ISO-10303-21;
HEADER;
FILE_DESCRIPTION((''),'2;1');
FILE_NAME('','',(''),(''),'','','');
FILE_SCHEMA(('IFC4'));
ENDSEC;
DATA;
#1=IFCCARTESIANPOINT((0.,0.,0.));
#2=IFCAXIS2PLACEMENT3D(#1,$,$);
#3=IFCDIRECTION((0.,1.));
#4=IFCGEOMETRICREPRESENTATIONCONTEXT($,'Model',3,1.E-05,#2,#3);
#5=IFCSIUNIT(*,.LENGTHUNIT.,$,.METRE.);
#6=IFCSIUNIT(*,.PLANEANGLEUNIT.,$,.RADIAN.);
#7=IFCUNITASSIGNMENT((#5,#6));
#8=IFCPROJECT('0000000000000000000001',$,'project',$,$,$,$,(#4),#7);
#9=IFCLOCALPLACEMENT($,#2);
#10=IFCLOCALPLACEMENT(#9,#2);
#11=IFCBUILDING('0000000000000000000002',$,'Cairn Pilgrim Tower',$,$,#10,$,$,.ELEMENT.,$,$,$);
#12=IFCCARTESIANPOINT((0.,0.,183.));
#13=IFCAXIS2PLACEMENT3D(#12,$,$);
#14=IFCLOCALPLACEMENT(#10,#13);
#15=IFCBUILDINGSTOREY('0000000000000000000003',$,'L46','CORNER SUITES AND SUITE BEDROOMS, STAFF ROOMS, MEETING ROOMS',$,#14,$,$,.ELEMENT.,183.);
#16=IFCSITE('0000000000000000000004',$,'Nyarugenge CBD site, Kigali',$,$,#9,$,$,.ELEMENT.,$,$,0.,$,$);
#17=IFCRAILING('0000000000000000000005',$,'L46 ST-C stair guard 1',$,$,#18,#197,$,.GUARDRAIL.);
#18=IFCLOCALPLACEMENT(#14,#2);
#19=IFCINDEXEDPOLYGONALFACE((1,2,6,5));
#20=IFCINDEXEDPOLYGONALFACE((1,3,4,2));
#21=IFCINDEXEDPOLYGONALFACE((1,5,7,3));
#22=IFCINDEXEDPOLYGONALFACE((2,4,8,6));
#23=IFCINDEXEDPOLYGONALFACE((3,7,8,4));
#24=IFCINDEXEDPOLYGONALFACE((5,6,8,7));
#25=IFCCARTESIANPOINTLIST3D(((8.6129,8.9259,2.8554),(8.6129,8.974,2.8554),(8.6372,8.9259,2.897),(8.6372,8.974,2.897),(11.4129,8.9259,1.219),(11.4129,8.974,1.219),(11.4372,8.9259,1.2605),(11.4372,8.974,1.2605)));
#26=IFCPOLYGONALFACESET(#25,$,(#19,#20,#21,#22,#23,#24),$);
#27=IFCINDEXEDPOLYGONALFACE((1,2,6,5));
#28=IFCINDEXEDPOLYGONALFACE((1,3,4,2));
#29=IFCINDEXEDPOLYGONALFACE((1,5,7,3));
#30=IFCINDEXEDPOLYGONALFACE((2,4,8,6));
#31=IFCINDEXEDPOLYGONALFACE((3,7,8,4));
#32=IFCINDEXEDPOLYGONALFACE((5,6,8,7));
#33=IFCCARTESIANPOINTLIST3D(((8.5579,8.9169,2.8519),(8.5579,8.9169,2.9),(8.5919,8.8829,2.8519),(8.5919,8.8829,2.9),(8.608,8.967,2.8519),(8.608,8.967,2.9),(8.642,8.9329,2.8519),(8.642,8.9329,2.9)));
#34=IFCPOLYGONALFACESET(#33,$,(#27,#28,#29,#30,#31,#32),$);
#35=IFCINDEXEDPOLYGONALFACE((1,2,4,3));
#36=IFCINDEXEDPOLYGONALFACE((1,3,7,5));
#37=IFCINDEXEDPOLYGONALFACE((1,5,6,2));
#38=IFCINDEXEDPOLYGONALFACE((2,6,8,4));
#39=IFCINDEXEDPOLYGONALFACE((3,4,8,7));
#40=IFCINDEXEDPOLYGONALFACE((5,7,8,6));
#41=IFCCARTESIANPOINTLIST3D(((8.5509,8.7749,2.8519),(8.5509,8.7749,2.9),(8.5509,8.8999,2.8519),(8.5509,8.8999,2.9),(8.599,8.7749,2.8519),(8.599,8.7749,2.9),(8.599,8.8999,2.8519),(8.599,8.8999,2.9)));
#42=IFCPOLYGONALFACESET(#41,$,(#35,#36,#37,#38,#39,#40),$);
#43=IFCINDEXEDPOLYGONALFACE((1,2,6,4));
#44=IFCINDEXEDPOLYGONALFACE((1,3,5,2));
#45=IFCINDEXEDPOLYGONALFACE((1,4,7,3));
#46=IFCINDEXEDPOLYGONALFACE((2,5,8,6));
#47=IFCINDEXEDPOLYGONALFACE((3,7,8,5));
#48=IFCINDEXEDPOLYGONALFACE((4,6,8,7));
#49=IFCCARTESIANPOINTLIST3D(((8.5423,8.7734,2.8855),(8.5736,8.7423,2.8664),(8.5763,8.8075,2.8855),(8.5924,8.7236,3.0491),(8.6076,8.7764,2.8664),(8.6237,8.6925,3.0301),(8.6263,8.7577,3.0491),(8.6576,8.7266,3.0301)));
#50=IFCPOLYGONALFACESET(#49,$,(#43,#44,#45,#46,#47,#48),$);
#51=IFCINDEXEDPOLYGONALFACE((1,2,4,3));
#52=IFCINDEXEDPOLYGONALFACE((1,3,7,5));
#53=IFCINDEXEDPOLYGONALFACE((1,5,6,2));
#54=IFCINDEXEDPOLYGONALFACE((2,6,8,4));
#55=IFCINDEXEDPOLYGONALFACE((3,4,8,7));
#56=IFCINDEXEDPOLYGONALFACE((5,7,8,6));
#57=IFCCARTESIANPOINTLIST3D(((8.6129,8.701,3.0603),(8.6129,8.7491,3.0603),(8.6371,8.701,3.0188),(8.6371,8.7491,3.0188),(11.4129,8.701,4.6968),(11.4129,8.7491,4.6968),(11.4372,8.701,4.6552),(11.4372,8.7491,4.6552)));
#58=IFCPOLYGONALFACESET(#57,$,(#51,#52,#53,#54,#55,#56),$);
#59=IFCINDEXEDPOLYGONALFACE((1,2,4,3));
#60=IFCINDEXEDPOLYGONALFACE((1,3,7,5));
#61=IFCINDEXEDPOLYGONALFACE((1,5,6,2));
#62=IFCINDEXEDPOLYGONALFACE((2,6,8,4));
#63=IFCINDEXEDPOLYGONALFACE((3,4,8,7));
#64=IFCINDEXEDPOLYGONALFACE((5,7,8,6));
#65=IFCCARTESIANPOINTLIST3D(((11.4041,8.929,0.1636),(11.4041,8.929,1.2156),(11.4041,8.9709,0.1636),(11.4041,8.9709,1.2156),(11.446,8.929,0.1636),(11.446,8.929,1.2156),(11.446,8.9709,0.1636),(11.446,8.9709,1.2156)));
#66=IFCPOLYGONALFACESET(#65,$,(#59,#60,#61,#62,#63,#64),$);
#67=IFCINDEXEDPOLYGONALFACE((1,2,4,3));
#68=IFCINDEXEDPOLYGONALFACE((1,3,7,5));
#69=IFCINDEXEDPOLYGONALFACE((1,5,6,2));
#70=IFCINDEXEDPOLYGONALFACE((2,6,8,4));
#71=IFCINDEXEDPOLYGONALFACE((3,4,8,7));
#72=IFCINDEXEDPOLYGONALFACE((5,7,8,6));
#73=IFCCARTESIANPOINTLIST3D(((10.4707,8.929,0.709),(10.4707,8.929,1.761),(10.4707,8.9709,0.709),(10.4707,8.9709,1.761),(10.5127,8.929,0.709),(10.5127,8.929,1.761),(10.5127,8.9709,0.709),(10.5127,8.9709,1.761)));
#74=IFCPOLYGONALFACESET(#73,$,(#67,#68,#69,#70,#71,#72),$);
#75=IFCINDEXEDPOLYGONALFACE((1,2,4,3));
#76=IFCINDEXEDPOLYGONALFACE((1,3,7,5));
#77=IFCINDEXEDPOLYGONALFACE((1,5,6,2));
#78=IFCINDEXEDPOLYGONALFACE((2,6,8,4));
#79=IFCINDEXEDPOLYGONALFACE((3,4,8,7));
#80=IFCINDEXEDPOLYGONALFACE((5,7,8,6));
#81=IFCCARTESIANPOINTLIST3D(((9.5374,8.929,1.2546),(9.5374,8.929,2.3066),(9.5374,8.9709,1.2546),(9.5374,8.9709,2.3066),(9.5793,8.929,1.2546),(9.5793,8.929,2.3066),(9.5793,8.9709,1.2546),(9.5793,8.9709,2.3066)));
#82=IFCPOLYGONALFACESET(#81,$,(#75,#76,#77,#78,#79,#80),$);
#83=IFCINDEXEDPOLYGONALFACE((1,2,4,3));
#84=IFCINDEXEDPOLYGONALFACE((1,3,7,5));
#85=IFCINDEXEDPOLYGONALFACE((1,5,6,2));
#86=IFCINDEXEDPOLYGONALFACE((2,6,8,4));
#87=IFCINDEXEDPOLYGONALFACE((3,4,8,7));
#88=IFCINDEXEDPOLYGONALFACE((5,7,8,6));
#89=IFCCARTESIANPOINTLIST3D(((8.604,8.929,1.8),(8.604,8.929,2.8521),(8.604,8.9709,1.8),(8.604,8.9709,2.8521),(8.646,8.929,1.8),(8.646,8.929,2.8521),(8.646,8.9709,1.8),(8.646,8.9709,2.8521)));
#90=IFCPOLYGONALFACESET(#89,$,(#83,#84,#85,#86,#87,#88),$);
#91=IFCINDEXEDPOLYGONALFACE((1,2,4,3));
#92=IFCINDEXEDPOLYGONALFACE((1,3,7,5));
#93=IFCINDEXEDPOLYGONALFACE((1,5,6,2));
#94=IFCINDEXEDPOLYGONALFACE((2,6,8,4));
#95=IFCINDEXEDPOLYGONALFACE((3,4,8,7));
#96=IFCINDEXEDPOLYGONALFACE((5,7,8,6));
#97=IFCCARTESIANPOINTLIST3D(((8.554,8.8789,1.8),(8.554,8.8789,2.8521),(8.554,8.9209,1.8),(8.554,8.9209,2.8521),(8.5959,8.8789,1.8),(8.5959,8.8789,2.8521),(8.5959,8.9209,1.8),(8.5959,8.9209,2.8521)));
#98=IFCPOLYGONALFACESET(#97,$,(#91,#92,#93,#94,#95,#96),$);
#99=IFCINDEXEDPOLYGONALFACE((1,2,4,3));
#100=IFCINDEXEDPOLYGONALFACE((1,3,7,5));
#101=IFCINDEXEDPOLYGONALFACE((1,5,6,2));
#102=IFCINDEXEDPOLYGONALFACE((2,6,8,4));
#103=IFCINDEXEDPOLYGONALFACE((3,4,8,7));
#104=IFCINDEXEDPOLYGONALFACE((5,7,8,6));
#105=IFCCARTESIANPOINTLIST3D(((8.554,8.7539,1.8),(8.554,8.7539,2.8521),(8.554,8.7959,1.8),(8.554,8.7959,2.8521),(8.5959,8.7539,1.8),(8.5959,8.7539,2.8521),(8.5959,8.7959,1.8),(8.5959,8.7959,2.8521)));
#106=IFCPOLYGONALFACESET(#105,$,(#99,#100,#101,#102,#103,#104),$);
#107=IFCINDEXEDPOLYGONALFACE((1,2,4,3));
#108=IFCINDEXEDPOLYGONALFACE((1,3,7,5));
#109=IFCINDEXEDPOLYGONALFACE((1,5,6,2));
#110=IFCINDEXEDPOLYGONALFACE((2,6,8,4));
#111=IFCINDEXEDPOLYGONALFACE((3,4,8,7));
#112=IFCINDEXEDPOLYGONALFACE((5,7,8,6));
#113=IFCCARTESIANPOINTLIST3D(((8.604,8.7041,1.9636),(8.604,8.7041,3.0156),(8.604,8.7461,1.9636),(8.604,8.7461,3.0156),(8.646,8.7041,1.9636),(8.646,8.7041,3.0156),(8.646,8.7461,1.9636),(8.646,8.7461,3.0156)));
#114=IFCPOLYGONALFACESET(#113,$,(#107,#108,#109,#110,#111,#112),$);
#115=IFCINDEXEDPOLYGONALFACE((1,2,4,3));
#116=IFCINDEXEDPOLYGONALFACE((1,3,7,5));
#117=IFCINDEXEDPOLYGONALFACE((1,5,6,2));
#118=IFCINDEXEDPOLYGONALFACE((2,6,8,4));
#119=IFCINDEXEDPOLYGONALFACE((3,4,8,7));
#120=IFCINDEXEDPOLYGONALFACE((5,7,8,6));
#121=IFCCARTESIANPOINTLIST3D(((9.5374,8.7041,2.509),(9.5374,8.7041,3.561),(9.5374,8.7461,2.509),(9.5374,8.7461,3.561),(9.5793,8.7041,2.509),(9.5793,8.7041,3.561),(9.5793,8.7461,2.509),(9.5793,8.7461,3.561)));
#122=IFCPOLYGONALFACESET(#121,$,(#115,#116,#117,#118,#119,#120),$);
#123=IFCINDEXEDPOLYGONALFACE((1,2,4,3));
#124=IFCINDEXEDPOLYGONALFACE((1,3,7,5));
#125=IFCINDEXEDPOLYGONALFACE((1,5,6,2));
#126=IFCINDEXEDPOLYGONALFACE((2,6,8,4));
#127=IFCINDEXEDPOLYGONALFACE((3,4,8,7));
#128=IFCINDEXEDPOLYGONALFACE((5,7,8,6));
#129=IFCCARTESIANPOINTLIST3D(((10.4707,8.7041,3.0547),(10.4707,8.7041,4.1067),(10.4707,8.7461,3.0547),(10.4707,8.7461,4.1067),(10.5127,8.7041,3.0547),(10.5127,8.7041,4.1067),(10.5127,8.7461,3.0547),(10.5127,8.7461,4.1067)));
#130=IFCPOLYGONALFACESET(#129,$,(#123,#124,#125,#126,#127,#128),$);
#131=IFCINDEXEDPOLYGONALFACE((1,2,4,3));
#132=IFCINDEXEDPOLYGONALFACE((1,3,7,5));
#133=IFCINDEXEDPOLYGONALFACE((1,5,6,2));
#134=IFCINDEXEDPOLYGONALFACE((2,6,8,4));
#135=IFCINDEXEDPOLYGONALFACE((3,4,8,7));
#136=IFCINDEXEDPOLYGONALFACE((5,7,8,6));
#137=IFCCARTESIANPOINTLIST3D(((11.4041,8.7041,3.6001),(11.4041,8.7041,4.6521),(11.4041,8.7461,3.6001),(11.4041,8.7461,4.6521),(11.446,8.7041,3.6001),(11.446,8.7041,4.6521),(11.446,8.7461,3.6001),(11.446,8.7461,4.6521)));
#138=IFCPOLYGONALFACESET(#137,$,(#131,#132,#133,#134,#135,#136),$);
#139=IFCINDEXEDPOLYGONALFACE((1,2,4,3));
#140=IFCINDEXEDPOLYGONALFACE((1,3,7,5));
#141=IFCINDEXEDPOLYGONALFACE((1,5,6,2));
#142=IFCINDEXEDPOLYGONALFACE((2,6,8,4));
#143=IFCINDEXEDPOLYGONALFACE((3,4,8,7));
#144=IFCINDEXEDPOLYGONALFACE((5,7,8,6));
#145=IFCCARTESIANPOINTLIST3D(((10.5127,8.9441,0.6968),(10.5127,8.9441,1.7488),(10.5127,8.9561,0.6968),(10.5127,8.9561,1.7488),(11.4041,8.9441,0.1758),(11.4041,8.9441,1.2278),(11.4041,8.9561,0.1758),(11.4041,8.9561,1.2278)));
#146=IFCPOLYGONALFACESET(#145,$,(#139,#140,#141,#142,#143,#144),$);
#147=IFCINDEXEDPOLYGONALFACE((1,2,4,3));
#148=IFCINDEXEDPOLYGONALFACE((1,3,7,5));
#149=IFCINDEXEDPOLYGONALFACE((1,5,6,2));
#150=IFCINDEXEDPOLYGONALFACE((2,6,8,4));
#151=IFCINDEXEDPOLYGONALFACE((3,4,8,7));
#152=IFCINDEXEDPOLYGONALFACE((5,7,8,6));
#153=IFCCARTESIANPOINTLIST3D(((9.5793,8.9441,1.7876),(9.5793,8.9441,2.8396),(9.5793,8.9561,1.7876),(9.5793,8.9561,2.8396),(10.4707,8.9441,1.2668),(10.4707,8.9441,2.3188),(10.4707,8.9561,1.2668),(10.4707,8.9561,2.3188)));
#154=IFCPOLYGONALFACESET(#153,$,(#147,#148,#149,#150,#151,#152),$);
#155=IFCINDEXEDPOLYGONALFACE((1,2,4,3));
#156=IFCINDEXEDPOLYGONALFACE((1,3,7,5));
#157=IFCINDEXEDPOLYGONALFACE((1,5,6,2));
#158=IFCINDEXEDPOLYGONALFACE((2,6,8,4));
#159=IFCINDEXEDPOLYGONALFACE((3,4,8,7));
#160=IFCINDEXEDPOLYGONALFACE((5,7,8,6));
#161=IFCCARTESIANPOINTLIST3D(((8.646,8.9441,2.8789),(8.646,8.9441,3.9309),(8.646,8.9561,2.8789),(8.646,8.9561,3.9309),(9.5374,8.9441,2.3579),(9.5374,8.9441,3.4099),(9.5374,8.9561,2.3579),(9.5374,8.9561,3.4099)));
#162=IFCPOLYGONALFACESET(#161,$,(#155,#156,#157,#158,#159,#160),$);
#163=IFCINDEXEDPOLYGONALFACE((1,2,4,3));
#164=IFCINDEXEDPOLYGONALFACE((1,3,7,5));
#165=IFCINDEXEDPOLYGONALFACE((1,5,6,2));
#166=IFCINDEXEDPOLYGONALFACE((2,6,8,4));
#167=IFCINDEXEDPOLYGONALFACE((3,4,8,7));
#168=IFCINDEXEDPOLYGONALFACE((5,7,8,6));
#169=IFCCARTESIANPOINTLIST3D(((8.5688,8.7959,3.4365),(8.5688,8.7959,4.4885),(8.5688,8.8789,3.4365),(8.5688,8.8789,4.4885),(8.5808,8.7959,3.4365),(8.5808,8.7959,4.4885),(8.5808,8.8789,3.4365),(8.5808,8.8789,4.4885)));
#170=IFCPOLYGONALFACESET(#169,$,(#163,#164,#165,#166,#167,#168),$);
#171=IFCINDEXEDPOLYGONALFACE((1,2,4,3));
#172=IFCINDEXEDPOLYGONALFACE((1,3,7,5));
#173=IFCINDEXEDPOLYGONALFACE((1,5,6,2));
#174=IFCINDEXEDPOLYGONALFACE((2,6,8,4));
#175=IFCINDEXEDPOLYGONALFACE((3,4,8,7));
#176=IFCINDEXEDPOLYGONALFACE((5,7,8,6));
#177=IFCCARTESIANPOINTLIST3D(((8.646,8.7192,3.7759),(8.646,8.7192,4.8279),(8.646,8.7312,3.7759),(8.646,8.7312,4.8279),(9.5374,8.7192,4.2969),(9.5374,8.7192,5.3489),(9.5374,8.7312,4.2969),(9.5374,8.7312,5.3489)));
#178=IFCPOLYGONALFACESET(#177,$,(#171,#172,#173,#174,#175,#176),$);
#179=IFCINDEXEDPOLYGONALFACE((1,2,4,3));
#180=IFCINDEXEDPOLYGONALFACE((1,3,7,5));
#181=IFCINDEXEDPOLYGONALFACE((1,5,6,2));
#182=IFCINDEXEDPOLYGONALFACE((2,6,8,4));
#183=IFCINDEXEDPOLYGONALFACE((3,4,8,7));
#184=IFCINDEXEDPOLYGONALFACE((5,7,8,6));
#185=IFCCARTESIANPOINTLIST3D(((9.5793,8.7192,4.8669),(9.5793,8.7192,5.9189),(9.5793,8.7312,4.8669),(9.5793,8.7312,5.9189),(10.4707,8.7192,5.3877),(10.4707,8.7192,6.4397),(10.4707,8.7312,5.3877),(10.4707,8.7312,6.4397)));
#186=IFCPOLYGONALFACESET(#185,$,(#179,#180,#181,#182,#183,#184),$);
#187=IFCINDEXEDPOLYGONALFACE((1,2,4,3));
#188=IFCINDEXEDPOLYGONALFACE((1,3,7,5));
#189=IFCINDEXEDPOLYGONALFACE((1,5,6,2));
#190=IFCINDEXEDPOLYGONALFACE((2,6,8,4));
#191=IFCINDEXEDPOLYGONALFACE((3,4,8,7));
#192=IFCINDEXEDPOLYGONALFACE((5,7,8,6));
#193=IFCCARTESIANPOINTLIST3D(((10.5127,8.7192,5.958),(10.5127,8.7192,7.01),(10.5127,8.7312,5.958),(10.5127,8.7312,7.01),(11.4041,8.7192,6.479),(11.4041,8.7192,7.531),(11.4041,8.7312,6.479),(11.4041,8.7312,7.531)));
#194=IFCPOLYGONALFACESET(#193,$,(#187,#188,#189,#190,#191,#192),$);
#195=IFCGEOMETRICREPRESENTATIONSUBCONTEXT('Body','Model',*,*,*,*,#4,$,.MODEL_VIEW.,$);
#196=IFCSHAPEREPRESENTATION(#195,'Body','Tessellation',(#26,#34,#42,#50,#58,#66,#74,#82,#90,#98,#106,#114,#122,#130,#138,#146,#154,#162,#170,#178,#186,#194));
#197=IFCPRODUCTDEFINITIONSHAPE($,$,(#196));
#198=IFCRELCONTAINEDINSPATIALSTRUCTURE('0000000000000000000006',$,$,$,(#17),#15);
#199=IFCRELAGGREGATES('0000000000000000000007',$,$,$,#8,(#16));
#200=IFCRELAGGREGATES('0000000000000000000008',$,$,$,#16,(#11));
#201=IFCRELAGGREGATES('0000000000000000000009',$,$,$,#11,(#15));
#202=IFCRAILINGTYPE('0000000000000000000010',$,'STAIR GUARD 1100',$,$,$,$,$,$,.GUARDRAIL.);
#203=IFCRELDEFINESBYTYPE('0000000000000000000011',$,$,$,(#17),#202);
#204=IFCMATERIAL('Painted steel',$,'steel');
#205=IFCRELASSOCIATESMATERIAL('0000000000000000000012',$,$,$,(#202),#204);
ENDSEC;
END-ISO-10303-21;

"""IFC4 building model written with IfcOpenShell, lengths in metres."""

from ifc_helpers import new_model, si_unit, direction, frame, origin, origin_2d, place, context, subcontext, project, spatial, polyline, rectangle, outline, extrude, material, type_object, element, save


model = new_model("IFC4")

# Units and contexts
model_context = context("Model", 3, precision=1e-05, world=origin(), true_north=direction((0.0, 1.0)))
body_context = subcontext(model_context, "Body", "Model", "MODEL_VIEW")
ifc_project = project(units=[si_unit("LENGTHUNIT", "METRE"), si_unit("PLANEANGLEUNIT", "RADIAN")], contexts=[model_context])

# Site, building, storey
site_placement = place(None, origin())
site = spatial("IfcSite", under=ifc_project, at=site_placement, Name="Nyarugenge CBD site, Kigali", CompositionType="ELEMENT", RefElevation=0.0)
building_placement = place(site_placement, origin())
building = spatial("IfcBuilding", under=site, at=building_placement, Name="Cairn Pilgrim Tower", CompositionType="ELEMENT")
storey_placement = place(building_placement, frame((0.0, 0.0, 183.0)))
storey = spatial("IfcBuildingStorey", under=building, at=storey_placement, Name="L46", Description="CORNER SUITES AND SUITE BEDROOMS, STAFF ROOMS, MEETING ROOMS", CompositionType="ELEMENT", Elevation=183.0)

# Shared definitions
ifc_material_1 = material(Name="Painted steel", Category="steel")

# Railing
railing_type_1 = type_object("IfcRailingType", Name="STAIR GUARD 1100", PredefinedType="GUARDRAIL", material=ifc_material_1)
railing_1_placement = place(storey_placement, frame((11.425, 8.95, 0.1636)))
element("IfcRailing", 1, at=railing_1_placement, inside=storey, type_object=railing_type_1, Name="L46 ST-C stair guard 1", PredefinedType="GUARDRAIL", context=body_context, shape_type="SweptSolid", body=[
    extrude(rectangle(XDim=0.0481, YDim=0.0481, at=origin_2d()), frame((0.0, 0.0, 1.0762), z_axis=(-0.863361, 0.0, 0.504587), x_axis=(0.0, -1.0, 0.0)), (0.0, 0.0, 1.0), 3.2432),
    extrude(rectangle(XDim=0.0481, YDim=0.0481, at=origin_2d()), frame((-2.8, 0.0, 2.7124), z_axis=(-0.707107, -0.707107, 0.0), x_axis=(0.707107, -0.707107, 0.0)), (0.0, 0.0, 1.0), 0.0708),
    extrude(rectangle(XDim=0.0481, YDim=0.0481, at=origin_2d()), frame((-2.8501, -0.05, 2.7124), z_axis=(0.0, -1.0, 0.0), x_axis=(1.0, 0.0, 0.0)), (0.0, 0.0, 1.0), 0.125),
    extrude(rectangle(XDim=0.0481, YDim=0.0481, at=origin_2d()), frame((-2.8501, -0.175, 2.7124), z_axis=(0.280917, -0.279546, 0.918118), x_axis=(0.705376, 0.708834, 0.0)), (0.0, 0.0, 1.0), 0.1782),
    extrude(rectangle(XDim=0.0481, YDim=0.0481, at=origin_2d()), frame((-2.8, -0.2249, 2.876), z_axis=(0.863361, 0.0, 0.504587), x_axis=(0.0, 1.0, 0.0)), (0.0, 0.0, 1.0), 3.2432),
    extrude(rectangle(XDim=0.042, YDim=0.042, at=origin_2d()), origin(), (0.0, 0.0, 1.0), 1.052),
    extrude(rectangle(XDim=0.042, YDim=0.042, at=origin_2d()), frame((-0.9333, 0.0, 0.5454)), (0.0, 0.0, 1.0), 1.052),
    extrude(rectangle(XDim=0.042, YDim=0.042, at=origin_2d()), frame((-1.8667, 0.0, 1.0911)), (0.0, 0.0, 1.0), 1.052),
    extrude(rectangle(XDim=0.042, YDim=0.042, at=origin_2d()), frame((-2.8, 0.0, 1.6365)), (0.0, 0.0, 1.0), 1.052),
    extrude(rectangle(XDim=0.042, YDim=0.042, at=origin_2d()), frame((-2.8501, -0.05, 1.6365)), (0.0, 0.0, 1.0), 1.052),
    extrude(rectangle(XDim=0.042, YDim=0.042, at=origin_2d()), frame((-2.8501, -0.175, 1.6365)), (0.0, 0.0, 1.0), 1.052),
    extrude(rectangle(XDim=0.042, YDim=0.042, at=origin_2d()), frame((-2.8, -0.2249, 1.8)), (0.0, 0.0, 1.0), 1.052),
    extrude(rectangle(XDim=0.042, YDim=0.042, at=origin_2d()), frame((-1.8667, -0.2249, 2.3455)), (0.0, 0.0, 1.0), 1.052),
    extrude(rectangle(XDim=0.042, YDim=0.042, at=origin_2d()), frame((-0.9333, -0.2249, 2.8911)), (0.0, 0.0, 1.0), 1.052),
    extrude(rectangle(XDim=0.042, YDim=0.042, at=origin_2d()), frame((0.0, -0.2249, 3.4365)), (0.0, 0.0, 1.0), 1.052),
    extrude(outline(polyline([(0.021, 0.0122), (0.9124, 0.5332), (0.9124, 1.5852), (0.021, 1.0642), (0.021, 0.0122)])), frame((0.0, -0.0059, 0.0), z_axis=(0.0, 1.0, 0.0), x_axis=(-1.0, 0.0, 0.0)), (0.0, 0.0, 1.0), 0.012),
    extrude(outline(polyline([(0.021, 0.5579), (0.9124, 1.0786), (0.9124, 2.1306), (0.021, 1.6099), (0.021, 0.5579)])), frame((-0.9333, -0.0059, 0.5454), z_axis=(0.0, 1.0, 0.0), x_axis=(-1.0, 0.0, 0.0)), (0.0, 0.0, 1.0), 0.012),
    extrude(outline(polyline([(0.021, 1.1033), (0.9124, 1.6243), (0.9124, 2.6763), (0.021, 2.1553), (0.021, 1.1033)])), frame((-1.8667, -0.0059, 1.0911), z_axis=(0.0, 1.0, 0.0), x_axis=(-1.0, 0.0, 0.0)), (0.0, 0.0, 1.0), 0.012),
    extrude(outline(polyline([(0.021, 1.6365), (0.104, 1.6365), (0.104, 2.6885), (0.021, 2.6885), (0.021, 1.6365)])), frame((-2.8442, -0.05, 1.6365), z_axis=(-1.0, 0.0, 0.0), x_axis=(0.0, -1.0, 0.0)), (0.0, 0.0, 1.0), 0.012),
    extrude(outline(polyline([(0.021, 1.8123), (0.9124, 2.3333), (0.9124, 3.3853), (0.021, 2.8643), (0.021, 1.8123)])), frame((-2.8, -0.2188, 1.8), z_axis=(0.0, -1.0, 0.0), x_axis=(1.0, 0.0, 0.0)), (0.0, 0.0, 1.0), 0.012),
    extrude(outline(polyline([(0.021, 2.3579), (0.9124, 2.8787), (0.9124, 3.9307), (0.021, 3.4099), (0.021, 2.3579)])), frame((-1.8667, -0.2188, 2.3455), z_axis=(0.0, -1.0, 0.0), x_axis=(1.0, 0.0, 0.0)), (0.0, 0.0, 1.0), 0.012),
    extrude(outline(polyline([(0.021, 2.9033), (0.9124, 3.4243), (0.9124, 4.4763), (0.021, 3.9553), (0.021, 2.9033)])), frame((-0.9333, -0.2188, 2.8911), z_axis=(0.0, -1.0, 0.0), x_axis=(1.0, 0.0, 0.0)), (0.0, 0.0, 1.0), 0.012),
])

save(model, "model.ifc")
